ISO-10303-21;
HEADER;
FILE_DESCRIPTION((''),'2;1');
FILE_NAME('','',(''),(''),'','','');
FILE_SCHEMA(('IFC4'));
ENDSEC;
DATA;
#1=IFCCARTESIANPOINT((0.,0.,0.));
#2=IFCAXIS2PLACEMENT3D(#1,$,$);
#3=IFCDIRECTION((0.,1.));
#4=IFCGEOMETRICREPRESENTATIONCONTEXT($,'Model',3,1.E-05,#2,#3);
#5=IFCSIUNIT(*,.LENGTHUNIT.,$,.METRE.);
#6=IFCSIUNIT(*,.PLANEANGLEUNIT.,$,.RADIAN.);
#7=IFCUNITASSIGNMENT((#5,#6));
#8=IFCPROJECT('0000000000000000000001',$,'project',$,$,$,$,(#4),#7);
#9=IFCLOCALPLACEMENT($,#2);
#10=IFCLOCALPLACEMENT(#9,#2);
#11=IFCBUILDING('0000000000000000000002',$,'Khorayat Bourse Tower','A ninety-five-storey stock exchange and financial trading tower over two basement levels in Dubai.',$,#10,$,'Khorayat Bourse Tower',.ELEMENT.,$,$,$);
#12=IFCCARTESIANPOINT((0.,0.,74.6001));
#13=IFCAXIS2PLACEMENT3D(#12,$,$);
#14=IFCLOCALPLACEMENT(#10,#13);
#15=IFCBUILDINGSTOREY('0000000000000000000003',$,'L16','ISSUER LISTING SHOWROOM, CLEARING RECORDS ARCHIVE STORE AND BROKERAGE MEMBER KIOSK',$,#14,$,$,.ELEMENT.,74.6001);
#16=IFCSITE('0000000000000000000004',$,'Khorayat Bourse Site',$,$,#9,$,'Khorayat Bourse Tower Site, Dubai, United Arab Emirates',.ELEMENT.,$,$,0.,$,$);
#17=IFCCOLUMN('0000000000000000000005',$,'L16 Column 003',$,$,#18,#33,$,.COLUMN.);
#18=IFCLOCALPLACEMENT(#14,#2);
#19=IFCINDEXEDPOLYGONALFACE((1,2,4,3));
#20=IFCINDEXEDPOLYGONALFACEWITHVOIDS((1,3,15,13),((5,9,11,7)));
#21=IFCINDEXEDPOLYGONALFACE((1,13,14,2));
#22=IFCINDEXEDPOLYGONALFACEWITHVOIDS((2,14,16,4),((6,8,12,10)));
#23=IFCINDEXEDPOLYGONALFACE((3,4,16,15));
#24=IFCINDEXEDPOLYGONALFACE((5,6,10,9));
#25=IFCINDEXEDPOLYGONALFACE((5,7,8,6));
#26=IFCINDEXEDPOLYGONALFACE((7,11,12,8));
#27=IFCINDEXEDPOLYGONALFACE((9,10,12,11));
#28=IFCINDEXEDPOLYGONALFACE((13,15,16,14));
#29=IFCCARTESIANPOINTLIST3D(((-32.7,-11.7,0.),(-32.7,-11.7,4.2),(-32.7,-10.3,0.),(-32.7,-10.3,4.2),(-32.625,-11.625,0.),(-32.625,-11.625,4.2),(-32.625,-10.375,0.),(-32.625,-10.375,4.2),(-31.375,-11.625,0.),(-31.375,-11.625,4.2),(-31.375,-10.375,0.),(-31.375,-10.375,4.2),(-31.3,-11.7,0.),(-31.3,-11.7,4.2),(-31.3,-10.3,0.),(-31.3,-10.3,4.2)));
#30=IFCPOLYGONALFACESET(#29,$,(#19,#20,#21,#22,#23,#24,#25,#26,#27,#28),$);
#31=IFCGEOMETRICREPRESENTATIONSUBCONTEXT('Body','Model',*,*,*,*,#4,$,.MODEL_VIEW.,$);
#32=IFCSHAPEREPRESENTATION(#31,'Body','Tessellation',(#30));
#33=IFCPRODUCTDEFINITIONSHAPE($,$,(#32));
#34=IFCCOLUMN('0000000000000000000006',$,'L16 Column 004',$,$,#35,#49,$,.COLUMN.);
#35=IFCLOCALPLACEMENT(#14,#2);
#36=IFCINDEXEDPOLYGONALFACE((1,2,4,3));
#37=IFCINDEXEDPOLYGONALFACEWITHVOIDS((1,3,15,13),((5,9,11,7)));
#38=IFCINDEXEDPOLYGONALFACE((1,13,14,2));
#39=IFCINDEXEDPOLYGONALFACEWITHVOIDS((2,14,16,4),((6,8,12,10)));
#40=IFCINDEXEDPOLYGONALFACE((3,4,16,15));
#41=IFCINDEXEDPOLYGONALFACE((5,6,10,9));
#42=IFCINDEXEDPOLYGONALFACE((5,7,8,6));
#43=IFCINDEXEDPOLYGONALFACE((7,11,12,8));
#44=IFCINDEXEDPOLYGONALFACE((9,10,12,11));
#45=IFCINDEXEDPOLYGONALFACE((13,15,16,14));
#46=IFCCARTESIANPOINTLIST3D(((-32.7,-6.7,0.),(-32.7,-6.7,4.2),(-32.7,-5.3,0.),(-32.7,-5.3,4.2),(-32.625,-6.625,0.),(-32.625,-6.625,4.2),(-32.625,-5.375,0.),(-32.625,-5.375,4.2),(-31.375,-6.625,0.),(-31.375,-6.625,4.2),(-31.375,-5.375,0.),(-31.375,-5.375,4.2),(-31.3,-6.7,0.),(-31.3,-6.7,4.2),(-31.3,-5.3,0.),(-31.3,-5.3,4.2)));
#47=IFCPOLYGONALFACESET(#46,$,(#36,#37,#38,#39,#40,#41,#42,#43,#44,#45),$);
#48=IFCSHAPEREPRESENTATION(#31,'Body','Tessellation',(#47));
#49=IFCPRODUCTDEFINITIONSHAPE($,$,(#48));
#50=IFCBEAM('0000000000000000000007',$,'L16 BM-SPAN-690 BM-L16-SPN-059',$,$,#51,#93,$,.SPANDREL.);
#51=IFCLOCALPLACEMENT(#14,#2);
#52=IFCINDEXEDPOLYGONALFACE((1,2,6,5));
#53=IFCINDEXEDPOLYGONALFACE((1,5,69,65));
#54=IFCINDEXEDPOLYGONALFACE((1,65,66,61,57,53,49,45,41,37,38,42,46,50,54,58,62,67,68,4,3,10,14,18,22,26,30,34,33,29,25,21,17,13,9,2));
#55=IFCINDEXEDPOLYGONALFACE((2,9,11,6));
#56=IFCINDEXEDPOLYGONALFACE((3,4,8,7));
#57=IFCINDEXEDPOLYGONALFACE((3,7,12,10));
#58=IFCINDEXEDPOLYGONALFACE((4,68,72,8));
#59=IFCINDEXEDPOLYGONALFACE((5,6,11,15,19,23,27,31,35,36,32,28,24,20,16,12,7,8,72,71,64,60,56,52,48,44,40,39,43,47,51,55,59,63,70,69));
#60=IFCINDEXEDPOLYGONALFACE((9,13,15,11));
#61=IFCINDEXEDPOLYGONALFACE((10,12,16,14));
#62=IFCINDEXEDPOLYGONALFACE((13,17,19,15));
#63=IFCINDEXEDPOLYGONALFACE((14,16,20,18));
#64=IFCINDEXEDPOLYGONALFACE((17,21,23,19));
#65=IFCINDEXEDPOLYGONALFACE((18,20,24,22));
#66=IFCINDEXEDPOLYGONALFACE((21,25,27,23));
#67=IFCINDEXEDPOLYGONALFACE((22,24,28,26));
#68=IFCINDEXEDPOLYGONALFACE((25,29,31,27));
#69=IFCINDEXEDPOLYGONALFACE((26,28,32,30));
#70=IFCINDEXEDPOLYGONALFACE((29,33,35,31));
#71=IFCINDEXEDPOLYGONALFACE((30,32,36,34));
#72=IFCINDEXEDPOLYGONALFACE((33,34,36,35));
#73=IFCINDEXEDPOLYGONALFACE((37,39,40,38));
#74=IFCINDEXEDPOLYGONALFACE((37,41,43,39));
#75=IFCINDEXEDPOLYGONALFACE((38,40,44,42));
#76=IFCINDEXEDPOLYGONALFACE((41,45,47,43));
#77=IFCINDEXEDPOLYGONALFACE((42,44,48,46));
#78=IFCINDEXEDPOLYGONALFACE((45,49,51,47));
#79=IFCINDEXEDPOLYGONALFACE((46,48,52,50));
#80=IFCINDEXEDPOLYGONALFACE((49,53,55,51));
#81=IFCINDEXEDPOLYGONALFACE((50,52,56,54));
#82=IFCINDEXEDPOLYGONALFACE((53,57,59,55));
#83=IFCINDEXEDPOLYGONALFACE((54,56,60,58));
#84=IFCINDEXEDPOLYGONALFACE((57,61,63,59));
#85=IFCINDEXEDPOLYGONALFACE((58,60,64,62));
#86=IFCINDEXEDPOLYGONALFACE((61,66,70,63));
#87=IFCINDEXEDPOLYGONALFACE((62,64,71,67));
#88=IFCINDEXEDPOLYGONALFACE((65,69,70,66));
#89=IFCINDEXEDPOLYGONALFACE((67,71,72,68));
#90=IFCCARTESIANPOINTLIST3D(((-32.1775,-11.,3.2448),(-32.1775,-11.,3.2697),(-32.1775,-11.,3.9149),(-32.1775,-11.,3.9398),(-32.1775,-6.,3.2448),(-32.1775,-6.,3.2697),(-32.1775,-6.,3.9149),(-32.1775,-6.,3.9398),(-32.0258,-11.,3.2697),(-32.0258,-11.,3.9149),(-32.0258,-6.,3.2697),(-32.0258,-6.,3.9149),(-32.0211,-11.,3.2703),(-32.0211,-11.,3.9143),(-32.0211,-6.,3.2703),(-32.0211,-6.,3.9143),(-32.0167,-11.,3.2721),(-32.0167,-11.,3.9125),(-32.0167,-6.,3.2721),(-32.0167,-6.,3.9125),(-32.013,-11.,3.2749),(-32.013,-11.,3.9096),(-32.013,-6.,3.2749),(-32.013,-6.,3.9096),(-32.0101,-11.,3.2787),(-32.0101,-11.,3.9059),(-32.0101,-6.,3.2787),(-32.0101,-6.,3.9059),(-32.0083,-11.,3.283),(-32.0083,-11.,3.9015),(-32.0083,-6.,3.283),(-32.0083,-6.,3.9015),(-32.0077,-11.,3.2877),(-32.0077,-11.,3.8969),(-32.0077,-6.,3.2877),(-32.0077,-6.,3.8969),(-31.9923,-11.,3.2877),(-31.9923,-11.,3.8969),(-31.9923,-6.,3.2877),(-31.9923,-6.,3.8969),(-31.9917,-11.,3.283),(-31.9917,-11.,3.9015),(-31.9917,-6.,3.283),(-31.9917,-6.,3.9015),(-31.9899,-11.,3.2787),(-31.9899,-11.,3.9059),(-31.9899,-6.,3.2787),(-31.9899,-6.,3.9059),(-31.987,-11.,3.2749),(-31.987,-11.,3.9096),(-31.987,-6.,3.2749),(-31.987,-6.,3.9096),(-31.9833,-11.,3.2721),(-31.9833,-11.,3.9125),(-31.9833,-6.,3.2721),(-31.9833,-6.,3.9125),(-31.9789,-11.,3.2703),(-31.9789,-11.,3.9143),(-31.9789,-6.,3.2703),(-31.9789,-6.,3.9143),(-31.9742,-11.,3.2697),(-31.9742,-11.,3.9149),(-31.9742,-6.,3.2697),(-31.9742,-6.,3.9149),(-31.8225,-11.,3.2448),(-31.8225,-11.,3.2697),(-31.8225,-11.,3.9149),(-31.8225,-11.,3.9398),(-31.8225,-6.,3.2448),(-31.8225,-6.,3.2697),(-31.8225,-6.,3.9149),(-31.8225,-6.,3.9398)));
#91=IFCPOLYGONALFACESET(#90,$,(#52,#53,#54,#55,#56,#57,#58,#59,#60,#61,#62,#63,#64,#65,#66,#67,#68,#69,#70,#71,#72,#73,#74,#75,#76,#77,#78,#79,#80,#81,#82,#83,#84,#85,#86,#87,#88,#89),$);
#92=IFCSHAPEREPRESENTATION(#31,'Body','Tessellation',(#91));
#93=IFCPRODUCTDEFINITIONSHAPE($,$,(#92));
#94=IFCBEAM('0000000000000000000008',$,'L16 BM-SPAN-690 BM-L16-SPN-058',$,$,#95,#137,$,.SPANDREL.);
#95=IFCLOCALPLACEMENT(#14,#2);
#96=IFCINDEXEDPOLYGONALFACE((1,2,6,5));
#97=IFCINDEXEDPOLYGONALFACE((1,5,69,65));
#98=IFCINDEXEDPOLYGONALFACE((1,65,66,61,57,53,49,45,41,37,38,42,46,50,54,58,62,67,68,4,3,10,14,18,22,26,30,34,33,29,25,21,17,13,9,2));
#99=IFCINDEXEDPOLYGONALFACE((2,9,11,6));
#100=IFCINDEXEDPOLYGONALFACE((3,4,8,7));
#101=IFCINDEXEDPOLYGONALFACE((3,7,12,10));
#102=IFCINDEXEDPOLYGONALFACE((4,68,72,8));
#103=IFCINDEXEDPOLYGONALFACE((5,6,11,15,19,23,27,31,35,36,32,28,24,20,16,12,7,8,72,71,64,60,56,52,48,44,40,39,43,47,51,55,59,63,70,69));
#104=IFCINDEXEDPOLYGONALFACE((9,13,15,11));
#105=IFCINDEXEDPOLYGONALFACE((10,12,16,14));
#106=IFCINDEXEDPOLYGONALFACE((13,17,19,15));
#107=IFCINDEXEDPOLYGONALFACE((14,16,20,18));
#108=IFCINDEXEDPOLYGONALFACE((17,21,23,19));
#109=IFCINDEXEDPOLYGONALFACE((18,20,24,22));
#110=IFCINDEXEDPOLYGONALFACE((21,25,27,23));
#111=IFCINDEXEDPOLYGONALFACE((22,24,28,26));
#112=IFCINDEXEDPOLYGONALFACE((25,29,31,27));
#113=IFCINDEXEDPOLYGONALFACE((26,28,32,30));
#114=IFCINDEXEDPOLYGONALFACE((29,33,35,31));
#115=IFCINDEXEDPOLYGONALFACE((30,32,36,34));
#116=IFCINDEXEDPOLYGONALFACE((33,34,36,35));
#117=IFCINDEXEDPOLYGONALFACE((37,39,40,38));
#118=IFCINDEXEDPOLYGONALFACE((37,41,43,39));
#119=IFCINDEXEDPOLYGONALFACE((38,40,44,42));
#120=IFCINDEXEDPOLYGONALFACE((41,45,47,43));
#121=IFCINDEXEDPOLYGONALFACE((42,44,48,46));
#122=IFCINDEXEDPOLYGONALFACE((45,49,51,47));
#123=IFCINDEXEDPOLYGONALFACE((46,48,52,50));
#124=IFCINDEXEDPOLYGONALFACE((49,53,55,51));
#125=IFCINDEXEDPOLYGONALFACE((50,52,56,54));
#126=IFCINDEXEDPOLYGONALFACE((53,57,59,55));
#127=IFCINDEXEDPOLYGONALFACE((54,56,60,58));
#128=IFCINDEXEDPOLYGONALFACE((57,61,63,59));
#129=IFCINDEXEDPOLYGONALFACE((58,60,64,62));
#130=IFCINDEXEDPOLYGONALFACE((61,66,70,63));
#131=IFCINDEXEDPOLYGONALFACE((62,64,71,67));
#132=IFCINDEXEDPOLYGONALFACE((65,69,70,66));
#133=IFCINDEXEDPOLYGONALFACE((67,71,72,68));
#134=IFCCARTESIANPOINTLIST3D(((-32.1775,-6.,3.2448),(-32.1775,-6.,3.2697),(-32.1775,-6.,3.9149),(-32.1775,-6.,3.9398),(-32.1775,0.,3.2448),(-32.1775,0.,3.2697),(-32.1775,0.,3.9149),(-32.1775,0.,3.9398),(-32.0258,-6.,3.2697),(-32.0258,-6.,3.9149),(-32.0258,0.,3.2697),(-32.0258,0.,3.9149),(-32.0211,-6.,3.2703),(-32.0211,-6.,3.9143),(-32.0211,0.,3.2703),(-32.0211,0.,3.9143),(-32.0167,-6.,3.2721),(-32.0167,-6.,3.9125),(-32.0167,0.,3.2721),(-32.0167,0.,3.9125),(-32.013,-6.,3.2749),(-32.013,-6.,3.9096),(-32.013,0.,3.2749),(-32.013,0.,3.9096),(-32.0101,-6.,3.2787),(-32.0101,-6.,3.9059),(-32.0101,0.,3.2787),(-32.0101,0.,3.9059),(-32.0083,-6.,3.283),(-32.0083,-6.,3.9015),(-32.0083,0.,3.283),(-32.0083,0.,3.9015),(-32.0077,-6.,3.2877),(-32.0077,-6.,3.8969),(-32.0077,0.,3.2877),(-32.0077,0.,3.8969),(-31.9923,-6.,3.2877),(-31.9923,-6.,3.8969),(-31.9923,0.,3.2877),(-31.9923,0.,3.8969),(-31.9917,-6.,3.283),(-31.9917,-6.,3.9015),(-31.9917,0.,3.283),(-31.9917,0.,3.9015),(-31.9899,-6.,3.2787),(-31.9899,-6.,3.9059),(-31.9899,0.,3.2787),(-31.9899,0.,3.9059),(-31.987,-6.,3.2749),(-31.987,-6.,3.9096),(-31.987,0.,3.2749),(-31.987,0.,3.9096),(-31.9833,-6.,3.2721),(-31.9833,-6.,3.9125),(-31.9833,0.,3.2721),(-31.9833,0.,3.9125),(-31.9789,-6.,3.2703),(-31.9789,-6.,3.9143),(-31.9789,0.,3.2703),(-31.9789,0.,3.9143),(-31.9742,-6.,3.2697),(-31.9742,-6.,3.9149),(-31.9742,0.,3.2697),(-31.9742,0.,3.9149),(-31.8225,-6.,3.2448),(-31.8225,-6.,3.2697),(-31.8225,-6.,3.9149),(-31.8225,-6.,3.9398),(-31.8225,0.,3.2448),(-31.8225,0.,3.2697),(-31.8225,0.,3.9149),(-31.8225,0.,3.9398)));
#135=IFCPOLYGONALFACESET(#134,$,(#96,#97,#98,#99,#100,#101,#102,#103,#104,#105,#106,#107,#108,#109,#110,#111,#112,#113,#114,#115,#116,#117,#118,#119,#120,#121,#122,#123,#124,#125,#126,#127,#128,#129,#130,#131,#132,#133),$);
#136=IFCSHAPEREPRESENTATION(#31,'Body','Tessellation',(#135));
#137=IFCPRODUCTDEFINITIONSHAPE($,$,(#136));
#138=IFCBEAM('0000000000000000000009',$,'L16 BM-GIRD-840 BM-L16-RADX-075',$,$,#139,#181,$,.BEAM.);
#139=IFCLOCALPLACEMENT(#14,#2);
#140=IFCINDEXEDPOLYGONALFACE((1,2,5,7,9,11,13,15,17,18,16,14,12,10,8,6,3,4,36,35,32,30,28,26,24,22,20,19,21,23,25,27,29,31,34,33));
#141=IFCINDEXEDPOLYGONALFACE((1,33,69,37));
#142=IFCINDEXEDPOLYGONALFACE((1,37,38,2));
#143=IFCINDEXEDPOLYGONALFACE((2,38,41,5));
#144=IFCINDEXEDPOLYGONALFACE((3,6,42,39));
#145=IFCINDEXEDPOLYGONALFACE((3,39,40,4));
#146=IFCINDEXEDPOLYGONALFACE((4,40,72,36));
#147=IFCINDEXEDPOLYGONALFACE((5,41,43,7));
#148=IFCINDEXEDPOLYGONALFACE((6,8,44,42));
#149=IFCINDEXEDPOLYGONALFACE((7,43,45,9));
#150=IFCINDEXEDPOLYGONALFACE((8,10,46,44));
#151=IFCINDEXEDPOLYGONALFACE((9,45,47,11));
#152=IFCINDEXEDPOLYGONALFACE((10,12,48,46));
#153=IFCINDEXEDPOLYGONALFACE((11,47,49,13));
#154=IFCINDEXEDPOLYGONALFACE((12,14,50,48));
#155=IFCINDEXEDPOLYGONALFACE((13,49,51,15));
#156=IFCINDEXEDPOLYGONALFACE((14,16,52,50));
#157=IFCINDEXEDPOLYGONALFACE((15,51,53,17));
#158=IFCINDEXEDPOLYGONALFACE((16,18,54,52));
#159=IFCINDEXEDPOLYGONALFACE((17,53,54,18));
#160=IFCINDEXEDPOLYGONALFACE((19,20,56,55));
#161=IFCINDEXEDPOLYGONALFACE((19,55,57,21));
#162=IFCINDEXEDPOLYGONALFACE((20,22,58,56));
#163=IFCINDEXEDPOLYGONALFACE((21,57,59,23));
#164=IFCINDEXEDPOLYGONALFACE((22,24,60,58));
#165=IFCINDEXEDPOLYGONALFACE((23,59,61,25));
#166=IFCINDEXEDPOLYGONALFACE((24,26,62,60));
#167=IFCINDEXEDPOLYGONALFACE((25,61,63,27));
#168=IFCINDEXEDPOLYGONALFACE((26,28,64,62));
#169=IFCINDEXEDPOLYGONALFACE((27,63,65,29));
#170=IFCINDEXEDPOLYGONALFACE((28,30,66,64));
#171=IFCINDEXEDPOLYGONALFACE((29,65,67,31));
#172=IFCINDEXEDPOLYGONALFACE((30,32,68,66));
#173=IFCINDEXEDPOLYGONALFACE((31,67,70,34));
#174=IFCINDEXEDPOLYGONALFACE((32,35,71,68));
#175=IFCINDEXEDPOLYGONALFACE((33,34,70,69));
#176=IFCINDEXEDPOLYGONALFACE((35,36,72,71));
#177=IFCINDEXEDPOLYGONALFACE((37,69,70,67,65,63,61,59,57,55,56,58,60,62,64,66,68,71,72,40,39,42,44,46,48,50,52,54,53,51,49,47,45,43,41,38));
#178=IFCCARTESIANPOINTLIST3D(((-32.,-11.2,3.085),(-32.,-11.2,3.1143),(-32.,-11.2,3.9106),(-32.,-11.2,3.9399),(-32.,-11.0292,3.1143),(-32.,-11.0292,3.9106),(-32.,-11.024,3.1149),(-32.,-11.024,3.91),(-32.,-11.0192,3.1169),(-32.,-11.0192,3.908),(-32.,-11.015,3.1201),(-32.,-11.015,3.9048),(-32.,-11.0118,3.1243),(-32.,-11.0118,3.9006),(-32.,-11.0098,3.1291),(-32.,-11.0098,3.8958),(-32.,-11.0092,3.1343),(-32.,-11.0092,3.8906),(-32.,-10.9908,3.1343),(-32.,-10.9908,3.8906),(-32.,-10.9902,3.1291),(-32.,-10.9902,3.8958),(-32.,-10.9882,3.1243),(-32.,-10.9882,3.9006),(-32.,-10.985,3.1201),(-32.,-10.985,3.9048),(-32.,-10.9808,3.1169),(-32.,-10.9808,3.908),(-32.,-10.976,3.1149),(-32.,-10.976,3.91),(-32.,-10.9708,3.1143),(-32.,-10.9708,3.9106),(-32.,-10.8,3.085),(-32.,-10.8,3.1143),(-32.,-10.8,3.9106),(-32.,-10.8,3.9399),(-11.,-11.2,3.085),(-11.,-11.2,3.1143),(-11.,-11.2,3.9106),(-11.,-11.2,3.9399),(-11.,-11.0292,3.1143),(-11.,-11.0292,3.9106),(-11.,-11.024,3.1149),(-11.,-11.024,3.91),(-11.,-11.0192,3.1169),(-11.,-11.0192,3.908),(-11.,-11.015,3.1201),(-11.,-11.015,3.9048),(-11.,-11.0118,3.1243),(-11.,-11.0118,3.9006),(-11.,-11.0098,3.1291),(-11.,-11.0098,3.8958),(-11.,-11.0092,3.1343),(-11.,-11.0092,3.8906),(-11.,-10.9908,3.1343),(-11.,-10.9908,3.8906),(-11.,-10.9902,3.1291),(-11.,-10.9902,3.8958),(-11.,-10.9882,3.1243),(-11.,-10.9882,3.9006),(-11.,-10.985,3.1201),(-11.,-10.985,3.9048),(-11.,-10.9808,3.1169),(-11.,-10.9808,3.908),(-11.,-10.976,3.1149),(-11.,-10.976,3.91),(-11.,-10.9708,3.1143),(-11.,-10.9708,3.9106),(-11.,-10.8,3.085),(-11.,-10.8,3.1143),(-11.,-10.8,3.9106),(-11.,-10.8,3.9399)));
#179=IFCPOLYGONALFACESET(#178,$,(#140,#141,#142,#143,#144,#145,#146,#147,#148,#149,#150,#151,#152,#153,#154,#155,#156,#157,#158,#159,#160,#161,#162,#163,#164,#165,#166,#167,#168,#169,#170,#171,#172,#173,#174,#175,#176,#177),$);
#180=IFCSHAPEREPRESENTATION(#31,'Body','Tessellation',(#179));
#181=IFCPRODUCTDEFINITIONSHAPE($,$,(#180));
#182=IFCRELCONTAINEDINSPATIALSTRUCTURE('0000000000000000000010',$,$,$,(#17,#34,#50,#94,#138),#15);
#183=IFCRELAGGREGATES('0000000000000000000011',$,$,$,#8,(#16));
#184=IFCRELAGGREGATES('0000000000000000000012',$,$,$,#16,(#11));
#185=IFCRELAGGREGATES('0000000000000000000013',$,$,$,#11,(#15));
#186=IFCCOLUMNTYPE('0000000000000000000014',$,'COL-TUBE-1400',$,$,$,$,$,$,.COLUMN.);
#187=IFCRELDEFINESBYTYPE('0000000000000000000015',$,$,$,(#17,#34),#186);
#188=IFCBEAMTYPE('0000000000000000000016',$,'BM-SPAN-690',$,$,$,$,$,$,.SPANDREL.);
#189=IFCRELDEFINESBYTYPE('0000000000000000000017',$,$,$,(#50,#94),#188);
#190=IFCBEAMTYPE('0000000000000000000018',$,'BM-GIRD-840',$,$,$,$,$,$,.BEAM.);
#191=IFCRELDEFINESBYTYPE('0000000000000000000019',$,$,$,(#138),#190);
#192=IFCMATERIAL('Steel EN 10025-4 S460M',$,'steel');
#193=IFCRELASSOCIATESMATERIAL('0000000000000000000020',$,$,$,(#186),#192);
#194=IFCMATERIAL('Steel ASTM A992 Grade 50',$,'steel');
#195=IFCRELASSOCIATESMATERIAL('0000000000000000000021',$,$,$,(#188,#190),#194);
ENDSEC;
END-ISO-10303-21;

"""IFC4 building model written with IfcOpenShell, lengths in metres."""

from ifc_helpers import new_model, si_unit, direction, frame, origin, origin_2d, place, context, subcontext, project, spatial, hollow_rectangle, i_section, extrude, source, transform, mapped, material, material_profile, profile_set, type_object, element, save


model = new_model("IFC4")

# Units and contexts
model_context = context("Model", 3, precision=1e-05, world=origin(), true_north=direction((0.0, 1.0)))
body_context = subcontext(model_context, "Body", "Model", "MODEL_VIEW")
ifc_project = project(units=[si_unit("LENGTHUNIT", "METRE"), si_unit("PLANEANGLEUNIT", "RADIAN")], contexts=[model_context])

# Site, building, storey
site_placement = place(None, origin())
site = spatial("IfcSite", under=ifc_project, at=site_placement, Name="Khorayat Bourse Site", LongName="Khorayat Bourse Tower Site, Dubai, United Arab Emirates", CompositionType="ELEMENT", RefElevation=0.0)
building_placement = place(site_placement, origin())
building = spatial("IfcBuilding", under=site, at=building_placement, Name="Khorayat Bourse Tower", Description="A ninety-five-storey stock exchange and financial trading tower over two basement levels in Dubai.", LongName="Khorayat Bourse Tower", CompositionType="ELEMENT")
storey_placement = place(building_placement, frame((0.0, 0.0, 74.6001)))
storey = spatial("IfcBuildingStorey", under=building, at=storey_placement, Name="L16", Description="ISSUER LISTING SHOWROOM, CLEARING RECORDS ARCHIVE STORE AND BROKERAGE MEMBER KIOSK", CompositionType="ELEMENT", Elevation=74.6001)

# Columns
ifc_material_1 = material(Name="Steel EN 10025-4 S460M", Category="steel")
ifc_material_profile_1 = material_profile(ifc_material_1, hollow_rectangle(XDim=1.3999, YDim=1.3999, WallThickness=0.075, at=origin_2d()), Name="BOX 1400x1400x75")
ifc_profile_set_1 = profile_set([ifc_material_profile_1], Name="Steel EN 10025-4 S460M")
column_type = type_object("IfcColumnType", Name="COL-TUBE-1400", PredefinedType="COLUMN", material=ifc_profile_set_1)
shared_shape_1 = source(origin(), body_context, "Body", "SweptSolid", [
    extrude(hollow_rectangle(XDim=1.3999, YDim=1.3999, WallThickness=0.075, at=origin_2d()), origin(), (0.0, 0.0, 1.0), 4.2),
])
for number, where, z_axis, x_axis, name in (
    (1, (-32.0, -11.0, 0.0), (0.0, 0.0, 1.0), (1.0, 0.0, 0.0), "L16 Column 003"),
    (2, (-32.0, -6.0, 0.0), (0.0, 0.0, 1.0), (1.0, 0.0, 0.0), "L16 Column 004"),
):
    element("IfcColumn", number, at=place(storey_placement, frame(where, z_axis=z_axis, x_axis=x_axis)), inside=storey, type_object=column_type, Name=name, PredefinedType="COLUMN", context=body_context, shape_type="MappedRepresentation", body=[
        mapped(shared_shape_1, transform((0.0, 0.0, 0.0), scale=1.0)),
    ])

# Beams
ifc_material_2 = material(Name="Steel ASTM A992 Grade 50", Category="steel")
ifc_material_profile_2 = material_profile(ifc_material_2, i_section(OverallWidth=0.355, OverallDepth=0.6951, WebThickness=0.0154, FlangeThickness=0.0249, FilletRadius=0.0181, at=origin_2d()), Name="W690X217")
ifc_profile_set_2 = profile_set([ifc_material_profile_2], Name="Steel ASTM A992 Grade 50")
beam_type_1 = type_object("IfcBeamType", Name="BM-SPAN-690", PredefinedType="SPANDREL", material=ifc_profile_set_2)
shared_shape_2 = source(origin(), body_context, "Body", "SweptSolid", [
    extrude(i_section(OverallWidth=0.355, OverallDepth=0.6951, WebThickness=0.0154, FlangeThickness=0.0249, FilletRadius=0.0181, at=origin_2d()), origin(), (0.0, 0.0, 1.0), 5.0),
])
beam_1_placement = place(storey_placement, frame((-32.0, -11.0, 3.5923), z_axis=(0.0, 1.0, 0.0), x_axis=(-1.0, 0.0, 0.0)))
element("IfcBeam", 3, at=beam_1_placement, inside=storey, type_object=beam_type_1, Name="L16 BM-SPAN-690 BM-L16-SPN-059", PredefinedType="SPANDREL", context=body_context, shape_type="MappedRepresentation", body=[
    mapped(shared_shape_2, transform((0.0, 0.0, 0.0), scale=1.0)),
])
shared_shape_3 = source(origin(), body_context, "Body", "SweptSolid", [
    extrude(i_section(OverallWidth=0.355, OverallDepth=0.6951, WebThickness=0.0154, FlangeThickness=0.0249, FilletRadius=0.0181, at=origin_2d()), origin(), (0.0, 0.0, 1.0), 6.0),
])
beam_2_placement = place(storey_placement, frame((-32.0, -6.0, 3.5923), z_axis=(0.0, 1.0, 0.0), x_axis=(-1.0, 0.0, 0.0)))
element("IfcBeam", 4, at=beam_2_placement, inside=storey, type_object=beam_type_1, Name="L16 BM-SPAN-690 BM-L16-SPN-058", PredefinedType="SPANDREL", context=body_context, shape_type="MappedRepresentation", body=[
    mapped(shared_shape_3, transform((0.0, 0.0, 0.0), scale=1.0)),
])
ifc_material_profile_3 = material_profile(ifc_material_2, i_section(OverallWidth=0.3999, OverallDepth=0.855, WebThickness=0.0183, FlangeThickness=0.0293, FilletRadius=0.02, at=origin_2d()), Name="W840X299")
ifc_profile_set_3 = profile_set([ifc_material_profile_3], Name="Steel ASTM A992 Grade 50")
beam_type_2 = type_object("IfcBeamType", Name="BM-GIRD-840", PredefinedType="BEAM", material=ifc_profile_set_3)
shared_shape_4 = source(origin(), body_context, "Body", "SweptSolid", [
    extrude(i_section(OverallWidth=0.3999, OverallDepth=0.855, WebThickness=0.0183, FlangeThickness=0.0293, FilletRadius=0.02, at=origin_2d()), origin(), (0.0, 0.0, 1.0), 21.0),
])
for number, where, z_axis, x_axis, name in (
    (5, (-32.0, -11.0, 3.5125), (1.0, 0.0, 0.0), (0.0, 1.0, 0.0), "L16 BM-GIRD-840 BM-L16-RADX-075"),
):
    element("IfcBeam", number, at=place(storey_placement, frame(where, z_axis=z_axis, x_axis=x_axis)), inside=storey, type_object=beam_type_2, Name=name, PredefinedType="BEAM", context=body_context, shape_type="MappedRepresentation", body=[
        mapped(shared_shape_4, transform((0.0, 0.0, 0.0), scale=1.0)),
    ])

save(model, "model.ifc")
